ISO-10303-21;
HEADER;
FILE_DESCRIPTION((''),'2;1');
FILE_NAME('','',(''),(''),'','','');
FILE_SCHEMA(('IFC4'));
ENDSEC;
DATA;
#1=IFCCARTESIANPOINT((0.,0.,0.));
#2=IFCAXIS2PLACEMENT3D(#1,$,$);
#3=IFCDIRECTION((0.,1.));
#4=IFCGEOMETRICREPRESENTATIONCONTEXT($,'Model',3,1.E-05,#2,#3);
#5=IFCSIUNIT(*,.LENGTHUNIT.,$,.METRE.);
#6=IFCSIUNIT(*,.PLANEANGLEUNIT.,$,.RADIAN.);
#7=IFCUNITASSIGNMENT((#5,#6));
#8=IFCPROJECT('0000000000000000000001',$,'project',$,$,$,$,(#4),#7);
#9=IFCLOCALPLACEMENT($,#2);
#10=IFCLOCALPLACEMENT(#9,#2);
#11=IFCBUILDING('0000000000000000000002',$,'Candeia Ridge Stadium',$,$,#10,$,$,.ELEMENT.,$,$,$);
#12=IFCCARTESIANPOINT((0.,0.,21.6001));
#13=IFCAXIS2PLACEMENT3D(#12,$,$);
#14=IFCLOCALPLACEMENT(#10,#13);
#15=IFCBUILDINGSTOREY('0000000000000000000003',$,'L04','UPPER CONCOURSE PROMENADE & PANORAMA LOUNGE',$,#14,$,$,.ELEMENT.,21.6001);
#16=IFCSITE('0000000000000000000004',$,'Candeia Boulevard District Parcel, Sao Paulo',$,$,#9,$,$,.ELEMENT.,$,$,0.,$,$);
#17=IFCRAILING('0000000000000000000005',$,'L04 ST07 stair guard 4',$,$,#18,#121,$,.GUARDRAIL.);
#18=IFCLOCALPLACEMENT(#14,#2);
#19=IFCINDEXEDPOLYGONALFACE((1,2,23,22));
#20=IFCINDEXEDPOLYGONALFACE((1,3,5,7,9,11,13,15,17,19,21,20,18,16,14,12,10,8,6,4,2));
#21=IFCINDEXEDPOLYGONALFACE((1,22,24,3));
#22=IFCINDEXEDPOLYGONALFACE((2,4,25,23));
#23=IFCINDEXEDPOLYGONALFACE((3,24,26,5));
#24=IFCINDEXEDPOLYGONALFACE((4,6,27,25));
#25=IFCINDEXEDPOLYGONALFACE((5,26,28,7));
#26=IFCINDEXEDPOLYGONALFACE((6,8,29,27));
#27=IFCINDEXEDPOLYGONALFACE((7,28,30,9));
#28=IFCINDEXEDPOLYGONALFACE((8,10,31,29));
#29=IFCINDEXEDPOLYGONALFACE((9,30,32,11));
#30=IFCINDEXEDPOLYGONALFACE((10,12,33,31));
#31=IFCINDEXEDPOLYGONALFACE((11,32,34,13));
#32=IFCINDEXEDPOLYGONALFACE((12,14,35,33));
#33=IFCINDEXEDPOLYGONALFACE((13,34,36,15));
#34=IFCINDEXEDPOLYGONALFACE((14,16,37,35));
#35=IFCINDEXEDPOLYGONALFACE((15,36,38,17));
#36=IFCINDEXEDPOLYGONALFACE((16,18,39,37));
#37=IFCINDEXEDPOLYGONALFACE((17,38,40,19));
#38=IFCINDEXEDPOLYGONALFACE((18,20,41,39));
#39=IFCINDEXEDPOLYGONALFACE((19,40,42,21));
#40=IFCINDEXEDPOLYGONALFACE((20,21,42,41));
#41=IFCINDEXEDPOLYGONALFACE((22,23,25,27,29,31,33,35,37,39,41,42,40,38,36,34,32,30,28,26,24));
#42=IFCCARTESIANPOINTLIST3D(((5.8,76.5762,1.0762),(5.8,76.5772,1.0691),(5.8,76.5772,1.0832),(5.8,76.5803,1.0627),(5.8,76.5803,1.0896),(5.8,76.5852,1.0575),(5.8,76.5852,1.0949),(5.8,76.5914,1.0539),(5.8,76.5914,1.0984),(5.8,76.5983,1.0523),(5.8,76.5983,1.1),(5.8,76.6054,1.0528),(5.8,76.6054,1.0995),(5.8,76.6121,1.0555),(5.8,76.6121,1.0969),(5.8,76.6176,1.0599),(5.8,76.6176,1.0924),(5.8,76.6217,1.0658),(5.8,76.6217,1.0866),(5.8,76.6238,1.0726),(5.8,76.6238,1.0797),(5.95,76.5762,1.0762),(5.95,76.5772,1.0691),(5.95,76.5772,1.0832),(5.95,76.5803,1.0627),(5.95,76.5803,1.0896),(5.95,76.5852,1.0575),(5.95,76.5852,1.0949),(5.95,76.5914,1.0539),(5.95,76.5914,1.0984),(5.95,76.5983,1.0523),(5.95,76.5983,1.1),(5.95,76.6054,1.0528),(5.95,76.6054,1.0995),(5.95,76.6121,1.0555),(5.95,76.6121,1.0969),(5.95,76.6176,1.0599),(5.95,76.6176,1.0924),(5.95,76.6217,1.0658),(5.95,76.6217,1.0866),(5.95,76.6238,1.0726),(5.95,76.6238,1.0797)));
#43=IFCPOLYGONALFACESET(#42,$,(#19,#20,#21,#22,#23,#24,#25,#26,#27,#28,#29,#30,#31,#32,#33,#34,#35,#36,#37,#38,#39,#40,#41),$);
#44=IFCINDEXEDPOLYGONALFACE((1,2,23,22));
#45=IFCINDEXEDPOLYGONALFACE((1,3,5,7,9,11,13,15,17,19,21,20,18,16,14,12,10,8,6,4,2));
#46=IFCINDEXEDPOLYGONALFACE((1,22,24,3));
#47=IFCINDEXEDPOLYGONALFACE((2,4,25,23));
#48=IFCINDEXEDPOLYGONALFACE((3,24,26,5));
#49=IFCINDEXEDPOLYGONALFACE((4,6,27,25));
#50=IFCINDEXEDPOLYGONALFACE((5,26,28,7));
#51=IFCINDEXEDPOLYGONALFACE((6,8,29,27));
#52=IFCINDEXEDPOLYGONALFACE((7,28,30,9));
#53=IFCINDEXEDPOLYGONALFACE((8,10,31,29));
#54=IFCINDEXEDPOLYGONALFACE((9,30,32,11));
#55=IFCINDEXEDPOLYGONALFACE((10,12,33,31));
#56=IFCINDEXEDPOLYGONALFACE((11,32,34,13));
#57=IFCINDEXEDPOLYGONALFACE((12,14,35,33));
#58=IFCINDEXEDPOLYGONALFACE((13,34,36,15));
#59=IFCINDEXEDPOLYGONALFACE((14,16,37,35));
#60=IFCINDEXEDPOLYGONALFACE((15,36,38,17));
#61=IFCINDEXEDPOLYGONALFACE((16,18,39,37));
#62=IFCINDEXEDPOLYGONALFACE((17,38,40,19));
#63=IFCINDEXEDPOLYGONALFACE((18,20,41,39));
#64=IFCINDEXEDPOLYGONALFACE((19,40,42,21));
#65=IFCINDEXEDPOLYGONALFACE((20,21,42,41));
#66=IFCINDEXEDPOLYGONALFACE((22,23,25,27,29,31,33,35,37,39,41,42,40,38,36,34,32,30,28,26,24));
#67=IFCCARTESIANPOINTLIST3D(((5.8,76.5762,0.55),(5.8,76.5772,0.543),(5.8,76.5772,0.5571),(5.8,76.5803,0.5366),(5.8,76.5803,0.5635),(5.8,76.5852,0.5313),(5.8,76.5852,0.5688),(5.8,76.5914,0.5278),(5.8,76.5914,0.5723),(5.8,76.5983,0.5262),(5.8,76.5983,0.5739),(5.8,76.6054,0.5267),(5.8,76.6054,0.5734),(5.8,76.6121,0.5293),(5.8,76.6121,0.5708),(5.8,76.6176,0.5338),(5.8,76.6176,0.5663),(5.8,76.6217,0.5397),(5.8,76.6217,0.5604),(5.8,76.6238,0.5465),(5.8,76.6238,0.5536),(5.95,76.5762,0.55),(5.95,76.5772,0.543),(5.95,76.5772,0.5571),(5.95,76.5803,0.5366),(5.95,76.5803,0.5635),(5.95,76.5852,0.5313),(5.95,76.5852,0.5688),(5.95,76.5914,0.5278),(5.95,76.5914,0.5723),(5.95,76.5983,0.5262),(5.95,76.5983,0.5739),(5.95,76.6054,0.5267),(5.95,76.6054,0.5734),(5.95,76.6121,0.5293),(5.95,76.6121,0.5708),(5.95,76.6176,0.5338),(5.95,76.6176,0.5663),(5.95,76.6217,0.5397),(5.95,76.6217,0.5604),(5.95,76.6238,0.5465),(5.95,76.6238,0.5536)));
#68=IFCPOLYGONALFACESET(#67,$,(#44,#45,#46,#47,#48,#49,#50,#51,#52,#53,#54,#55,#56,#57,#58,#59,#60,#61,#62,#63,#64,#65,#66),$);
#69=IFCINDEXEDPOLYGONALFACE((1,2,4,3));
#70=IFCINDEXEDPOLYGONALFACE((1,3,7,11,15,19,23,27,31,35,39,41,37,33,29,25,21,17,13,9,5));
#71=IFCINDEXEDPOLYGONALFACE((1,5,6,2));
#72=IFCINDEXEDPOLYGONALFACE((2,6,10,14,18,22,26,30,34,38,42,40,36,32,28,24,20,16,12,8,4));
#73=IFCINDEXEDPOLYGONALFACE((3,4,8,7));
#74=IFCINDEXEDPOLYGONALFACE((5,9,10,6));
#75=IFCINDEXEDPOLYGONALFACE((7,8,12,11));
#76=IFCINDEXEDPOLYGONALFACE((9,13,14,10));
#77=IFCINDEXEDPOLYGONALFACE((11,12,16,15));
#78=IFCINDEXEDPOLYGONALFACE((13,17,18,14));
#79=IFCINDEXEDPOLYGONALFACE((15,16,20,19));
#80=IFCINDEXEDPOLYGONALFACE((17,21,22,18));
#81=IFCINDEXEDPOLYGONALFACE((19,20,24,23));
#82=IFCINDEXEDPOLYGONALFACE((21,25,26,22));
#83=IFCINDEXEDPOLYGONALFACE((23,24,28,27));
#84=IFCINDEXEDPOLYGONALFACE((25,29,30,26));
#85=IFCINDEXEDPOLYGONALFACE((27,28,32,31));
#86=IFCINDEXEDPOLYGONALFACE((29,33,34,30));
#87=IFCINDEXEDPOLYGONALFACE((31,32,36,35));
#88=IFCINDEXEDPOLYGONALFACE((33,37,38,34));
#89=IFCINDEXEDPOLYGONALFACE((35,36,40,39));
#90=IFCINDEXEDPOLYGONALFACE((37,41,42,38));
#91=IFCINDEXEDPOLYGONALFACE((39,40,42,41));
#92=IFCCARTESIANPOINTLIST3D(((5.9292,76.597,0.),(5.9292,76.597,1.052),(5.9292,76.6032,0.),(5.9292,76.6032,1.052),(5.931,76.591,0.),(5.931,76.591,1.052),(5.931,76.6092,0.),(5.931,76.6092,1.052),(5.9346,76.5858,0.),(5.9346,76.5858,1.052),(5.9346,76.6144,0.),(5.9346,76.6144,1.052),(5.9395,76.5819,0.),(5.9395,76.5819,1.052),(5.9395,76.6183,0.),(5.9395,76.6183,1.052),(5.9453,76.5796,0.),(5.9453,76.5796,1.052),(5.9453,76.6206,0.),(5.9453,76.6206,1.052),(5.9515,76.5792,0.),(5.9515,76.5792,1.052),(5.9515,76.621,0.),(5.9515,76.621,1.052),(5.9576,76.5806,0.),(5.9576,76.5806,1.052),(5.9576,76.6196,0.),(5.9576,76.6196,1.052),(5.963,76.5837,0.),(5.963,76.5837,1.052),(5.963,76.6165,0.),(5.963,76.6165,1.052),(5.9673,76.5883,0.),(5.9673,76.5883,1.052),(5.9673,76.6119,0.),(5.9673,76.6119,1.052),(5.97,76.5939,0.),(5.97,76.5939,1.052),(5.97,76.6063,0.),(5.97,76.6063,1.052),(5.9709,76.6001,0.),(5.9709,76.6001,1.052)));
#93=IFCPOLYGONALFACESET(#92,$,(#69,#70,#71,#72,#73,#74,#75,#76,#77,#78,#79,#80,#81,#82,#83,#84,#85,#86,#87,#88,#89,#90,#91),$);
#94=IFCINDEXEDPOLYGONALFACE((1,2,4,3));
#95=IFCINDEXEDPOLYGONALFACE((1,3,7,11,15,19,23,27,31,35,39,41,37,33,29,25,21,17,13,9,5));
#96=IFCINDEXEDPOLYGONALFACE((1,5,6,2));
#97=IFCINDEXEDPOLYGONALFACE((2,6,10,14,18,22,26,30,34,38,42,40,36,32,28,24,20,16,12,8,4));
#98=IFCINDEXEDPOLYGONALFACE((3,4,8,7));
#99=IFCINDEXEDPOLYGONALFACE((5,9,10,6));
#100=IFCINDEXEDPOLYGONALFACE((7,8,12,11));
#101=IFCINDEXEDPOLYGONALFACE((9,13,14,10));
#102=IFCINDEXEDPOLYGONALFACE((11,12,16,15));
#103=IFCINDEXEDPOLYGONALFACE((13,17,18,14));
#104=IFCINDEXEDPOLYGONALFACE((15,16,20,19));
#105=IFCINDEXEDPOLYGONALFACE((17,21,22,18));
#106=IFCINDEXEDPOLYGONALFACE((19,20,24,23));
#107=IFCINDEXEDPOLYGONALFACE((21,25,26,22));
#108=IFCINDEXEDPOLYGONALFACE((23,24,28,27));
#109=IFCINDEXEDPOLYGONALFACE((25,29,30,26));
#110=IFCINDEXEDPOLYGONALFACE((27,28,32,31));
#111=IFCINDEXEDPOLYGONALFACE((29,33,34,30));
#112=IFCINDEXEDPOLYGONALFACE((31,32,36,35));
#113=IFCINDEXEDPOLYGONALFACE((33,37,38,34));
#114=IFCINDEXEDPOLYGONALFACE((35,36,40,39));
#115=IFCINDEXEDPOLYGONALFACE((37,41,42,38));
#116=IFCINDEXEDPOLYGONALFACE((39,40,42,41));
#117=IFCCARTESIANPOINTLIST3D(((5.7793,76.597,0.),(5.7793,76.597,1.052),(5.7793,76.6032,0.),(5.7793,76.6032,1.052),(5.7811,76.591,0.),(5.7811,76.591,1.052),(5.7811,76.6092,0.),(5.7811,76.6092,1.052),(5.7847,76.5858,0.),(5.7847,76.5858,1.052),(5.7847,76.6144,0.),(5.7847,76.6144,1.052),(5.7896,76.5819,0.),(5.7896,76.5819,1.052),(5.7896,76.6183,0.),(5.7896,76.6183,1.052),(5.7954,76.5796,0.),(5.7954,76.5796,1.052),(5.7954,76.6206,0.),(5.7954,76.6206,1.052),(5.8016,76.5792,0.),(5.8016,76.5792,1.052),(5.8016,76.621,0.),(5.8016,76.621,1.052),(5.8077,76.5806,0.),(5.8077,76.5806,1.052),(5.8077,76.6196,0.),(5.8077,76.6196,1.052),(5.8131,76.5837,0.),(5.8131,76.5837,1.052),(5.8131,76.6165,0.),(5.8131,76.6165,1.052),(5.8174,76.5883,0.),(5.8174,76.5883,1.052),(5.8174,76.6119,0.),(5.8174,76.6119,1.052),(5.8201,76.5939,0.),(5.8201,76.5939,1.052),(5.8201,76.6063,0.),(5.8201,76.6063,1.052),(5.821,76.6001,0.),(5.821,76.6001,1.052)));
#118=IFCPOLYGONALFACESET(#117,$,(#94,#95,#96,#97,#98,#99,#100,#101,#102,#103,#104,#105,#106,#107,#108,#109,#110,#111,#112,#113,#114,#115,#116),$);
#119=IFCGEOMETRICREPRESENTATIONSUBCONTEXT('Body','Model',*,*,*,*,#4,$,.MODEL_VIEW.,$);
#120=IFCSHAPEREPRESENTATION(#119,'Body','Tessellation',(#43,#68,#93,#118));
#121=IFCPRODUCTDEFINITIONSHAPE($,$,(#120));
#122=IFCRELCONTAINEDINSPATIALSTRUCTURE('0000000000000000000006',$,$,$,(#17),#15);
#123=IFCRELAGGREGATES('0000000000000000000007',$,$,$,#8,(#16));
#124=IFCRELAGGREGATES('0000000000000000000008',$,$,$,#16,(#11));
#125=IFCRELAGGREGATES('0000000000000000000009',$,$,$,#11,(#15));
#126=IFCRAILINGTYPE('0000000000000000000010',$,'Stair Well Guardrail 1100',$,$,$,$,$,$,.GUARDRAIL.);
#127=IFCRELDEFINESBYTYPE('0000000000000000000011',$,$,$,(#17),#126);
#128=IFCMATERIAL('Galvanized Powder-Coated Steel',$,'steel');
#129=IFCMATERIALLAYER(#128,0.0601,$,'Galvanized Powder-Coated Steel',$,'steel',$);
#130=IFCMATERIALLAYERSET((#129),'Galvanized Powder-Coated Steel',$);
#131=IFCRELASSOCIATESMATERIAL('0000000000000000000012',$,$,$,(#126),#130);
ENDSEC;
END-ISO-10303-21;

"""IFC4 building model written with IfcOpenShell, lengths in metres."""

from ifc_helpers import new_model, si_unit, direction, frame, origin, origin_2d, place, context, subcontext, project, spatial, circle, extrude, material, layer, layer_set, type_object, element, save


model = new_model("IFC4")

# Units and contexts
model_context = context("Model", 3, precision=1e-05, world=origin(), true_north=direction((0.0, 1.0)))
body_context = subcontext(model_context, "Body", "Model", "MODEL_VIEW")
ifc_project = project(units=[si_unit("LENGTHUNIT", "METRE"), si_unit("PLANEANGLEUNIT", "RADIAN")], contexts=[model_context])

# Site, building, storey
site_placement = place(None, origin())
site = spatial("IfcSite", under=ifc_project, at=site_placement, Name="Candeia Boulevard District Parcel, Sao Paulo", CompositionType="ELEMENT", RefElevation=0.0)
building_placement = place(site_placement, origin())
building = spatial("IfcBuilding", under=site, at=building_placement, Name="Candeia Ridge Stadium", CompositionType="ELEMENT")
storey_placement = place(building_placement, frame((0.0, 0.0, 21.6001)))
storey = spatial("IfcBuildingStorey", under=building, at=storey_placement, Name="L04", Description="UPPER CONCOURSE PROMENADE & PANORAMA LOUNGE", CompositionType="ELEMENT", Elevation=21.6001)

# Railing
ifc_material_1 = material(Name="Galvanized Powder-Coated Steel", Category="steel")
ifc_layer_1 = layer(ifc_material_1, 0.0601, Name="Galvanized Powder-Coated Steel", Category="steel")
ifc_layer_set_1 = layer_set([ifc_layer_1], Name="Galvanized Powder-Coated Steel")
railing_type_1 = type_object("IfcRailingType", Name="Stair Well Guardrail 1100", PredefinedType="GUARDRAIL", material=ifc_layer_set_1)
railing_1_placement = place(storey_placement, frame((5.95, 76.6001, 0.0)))
element("IfcRailing", 1, at=railing_1_placement, inside=storey, type_object=railing_type_1, Name="L04 ST07 stair guard 4", PredefinedType="GUARDRAIL", context=body_context, shape_type="SweptSolid", body=[
    extrude(circle(Radius=0.0239, at=origin_2d()), frame((0.0, 0.0, 1.0762), z_axis=(-1.0, 0.0, 0.0), x_axis=(0.0, -1.0, 0.0)), (0.0, 0.0, 1.0), 0.1499),
    extrude(circle(Radius=0.0239, at=origin_2d()), frame((0.0, 0.0, 0.55), z_axis=(-1.0, 0.0, 0.0), x_axis=(0.0, -1.0, 0.0)), (0.0, 0.0, 1.0), 0.1499),
    extrude(circle(Radius=0.021, at=origin_2d()), origin(), (0.0, 0.0, 1.0), 1.052),
    extrude(circle(Radius=0.021, at=origin_2d()), frame((-0.1499, 0.0, 0.0)), (0.0, 0.0, 1.0), 1.052),
])

save(model, "model.ifc")
